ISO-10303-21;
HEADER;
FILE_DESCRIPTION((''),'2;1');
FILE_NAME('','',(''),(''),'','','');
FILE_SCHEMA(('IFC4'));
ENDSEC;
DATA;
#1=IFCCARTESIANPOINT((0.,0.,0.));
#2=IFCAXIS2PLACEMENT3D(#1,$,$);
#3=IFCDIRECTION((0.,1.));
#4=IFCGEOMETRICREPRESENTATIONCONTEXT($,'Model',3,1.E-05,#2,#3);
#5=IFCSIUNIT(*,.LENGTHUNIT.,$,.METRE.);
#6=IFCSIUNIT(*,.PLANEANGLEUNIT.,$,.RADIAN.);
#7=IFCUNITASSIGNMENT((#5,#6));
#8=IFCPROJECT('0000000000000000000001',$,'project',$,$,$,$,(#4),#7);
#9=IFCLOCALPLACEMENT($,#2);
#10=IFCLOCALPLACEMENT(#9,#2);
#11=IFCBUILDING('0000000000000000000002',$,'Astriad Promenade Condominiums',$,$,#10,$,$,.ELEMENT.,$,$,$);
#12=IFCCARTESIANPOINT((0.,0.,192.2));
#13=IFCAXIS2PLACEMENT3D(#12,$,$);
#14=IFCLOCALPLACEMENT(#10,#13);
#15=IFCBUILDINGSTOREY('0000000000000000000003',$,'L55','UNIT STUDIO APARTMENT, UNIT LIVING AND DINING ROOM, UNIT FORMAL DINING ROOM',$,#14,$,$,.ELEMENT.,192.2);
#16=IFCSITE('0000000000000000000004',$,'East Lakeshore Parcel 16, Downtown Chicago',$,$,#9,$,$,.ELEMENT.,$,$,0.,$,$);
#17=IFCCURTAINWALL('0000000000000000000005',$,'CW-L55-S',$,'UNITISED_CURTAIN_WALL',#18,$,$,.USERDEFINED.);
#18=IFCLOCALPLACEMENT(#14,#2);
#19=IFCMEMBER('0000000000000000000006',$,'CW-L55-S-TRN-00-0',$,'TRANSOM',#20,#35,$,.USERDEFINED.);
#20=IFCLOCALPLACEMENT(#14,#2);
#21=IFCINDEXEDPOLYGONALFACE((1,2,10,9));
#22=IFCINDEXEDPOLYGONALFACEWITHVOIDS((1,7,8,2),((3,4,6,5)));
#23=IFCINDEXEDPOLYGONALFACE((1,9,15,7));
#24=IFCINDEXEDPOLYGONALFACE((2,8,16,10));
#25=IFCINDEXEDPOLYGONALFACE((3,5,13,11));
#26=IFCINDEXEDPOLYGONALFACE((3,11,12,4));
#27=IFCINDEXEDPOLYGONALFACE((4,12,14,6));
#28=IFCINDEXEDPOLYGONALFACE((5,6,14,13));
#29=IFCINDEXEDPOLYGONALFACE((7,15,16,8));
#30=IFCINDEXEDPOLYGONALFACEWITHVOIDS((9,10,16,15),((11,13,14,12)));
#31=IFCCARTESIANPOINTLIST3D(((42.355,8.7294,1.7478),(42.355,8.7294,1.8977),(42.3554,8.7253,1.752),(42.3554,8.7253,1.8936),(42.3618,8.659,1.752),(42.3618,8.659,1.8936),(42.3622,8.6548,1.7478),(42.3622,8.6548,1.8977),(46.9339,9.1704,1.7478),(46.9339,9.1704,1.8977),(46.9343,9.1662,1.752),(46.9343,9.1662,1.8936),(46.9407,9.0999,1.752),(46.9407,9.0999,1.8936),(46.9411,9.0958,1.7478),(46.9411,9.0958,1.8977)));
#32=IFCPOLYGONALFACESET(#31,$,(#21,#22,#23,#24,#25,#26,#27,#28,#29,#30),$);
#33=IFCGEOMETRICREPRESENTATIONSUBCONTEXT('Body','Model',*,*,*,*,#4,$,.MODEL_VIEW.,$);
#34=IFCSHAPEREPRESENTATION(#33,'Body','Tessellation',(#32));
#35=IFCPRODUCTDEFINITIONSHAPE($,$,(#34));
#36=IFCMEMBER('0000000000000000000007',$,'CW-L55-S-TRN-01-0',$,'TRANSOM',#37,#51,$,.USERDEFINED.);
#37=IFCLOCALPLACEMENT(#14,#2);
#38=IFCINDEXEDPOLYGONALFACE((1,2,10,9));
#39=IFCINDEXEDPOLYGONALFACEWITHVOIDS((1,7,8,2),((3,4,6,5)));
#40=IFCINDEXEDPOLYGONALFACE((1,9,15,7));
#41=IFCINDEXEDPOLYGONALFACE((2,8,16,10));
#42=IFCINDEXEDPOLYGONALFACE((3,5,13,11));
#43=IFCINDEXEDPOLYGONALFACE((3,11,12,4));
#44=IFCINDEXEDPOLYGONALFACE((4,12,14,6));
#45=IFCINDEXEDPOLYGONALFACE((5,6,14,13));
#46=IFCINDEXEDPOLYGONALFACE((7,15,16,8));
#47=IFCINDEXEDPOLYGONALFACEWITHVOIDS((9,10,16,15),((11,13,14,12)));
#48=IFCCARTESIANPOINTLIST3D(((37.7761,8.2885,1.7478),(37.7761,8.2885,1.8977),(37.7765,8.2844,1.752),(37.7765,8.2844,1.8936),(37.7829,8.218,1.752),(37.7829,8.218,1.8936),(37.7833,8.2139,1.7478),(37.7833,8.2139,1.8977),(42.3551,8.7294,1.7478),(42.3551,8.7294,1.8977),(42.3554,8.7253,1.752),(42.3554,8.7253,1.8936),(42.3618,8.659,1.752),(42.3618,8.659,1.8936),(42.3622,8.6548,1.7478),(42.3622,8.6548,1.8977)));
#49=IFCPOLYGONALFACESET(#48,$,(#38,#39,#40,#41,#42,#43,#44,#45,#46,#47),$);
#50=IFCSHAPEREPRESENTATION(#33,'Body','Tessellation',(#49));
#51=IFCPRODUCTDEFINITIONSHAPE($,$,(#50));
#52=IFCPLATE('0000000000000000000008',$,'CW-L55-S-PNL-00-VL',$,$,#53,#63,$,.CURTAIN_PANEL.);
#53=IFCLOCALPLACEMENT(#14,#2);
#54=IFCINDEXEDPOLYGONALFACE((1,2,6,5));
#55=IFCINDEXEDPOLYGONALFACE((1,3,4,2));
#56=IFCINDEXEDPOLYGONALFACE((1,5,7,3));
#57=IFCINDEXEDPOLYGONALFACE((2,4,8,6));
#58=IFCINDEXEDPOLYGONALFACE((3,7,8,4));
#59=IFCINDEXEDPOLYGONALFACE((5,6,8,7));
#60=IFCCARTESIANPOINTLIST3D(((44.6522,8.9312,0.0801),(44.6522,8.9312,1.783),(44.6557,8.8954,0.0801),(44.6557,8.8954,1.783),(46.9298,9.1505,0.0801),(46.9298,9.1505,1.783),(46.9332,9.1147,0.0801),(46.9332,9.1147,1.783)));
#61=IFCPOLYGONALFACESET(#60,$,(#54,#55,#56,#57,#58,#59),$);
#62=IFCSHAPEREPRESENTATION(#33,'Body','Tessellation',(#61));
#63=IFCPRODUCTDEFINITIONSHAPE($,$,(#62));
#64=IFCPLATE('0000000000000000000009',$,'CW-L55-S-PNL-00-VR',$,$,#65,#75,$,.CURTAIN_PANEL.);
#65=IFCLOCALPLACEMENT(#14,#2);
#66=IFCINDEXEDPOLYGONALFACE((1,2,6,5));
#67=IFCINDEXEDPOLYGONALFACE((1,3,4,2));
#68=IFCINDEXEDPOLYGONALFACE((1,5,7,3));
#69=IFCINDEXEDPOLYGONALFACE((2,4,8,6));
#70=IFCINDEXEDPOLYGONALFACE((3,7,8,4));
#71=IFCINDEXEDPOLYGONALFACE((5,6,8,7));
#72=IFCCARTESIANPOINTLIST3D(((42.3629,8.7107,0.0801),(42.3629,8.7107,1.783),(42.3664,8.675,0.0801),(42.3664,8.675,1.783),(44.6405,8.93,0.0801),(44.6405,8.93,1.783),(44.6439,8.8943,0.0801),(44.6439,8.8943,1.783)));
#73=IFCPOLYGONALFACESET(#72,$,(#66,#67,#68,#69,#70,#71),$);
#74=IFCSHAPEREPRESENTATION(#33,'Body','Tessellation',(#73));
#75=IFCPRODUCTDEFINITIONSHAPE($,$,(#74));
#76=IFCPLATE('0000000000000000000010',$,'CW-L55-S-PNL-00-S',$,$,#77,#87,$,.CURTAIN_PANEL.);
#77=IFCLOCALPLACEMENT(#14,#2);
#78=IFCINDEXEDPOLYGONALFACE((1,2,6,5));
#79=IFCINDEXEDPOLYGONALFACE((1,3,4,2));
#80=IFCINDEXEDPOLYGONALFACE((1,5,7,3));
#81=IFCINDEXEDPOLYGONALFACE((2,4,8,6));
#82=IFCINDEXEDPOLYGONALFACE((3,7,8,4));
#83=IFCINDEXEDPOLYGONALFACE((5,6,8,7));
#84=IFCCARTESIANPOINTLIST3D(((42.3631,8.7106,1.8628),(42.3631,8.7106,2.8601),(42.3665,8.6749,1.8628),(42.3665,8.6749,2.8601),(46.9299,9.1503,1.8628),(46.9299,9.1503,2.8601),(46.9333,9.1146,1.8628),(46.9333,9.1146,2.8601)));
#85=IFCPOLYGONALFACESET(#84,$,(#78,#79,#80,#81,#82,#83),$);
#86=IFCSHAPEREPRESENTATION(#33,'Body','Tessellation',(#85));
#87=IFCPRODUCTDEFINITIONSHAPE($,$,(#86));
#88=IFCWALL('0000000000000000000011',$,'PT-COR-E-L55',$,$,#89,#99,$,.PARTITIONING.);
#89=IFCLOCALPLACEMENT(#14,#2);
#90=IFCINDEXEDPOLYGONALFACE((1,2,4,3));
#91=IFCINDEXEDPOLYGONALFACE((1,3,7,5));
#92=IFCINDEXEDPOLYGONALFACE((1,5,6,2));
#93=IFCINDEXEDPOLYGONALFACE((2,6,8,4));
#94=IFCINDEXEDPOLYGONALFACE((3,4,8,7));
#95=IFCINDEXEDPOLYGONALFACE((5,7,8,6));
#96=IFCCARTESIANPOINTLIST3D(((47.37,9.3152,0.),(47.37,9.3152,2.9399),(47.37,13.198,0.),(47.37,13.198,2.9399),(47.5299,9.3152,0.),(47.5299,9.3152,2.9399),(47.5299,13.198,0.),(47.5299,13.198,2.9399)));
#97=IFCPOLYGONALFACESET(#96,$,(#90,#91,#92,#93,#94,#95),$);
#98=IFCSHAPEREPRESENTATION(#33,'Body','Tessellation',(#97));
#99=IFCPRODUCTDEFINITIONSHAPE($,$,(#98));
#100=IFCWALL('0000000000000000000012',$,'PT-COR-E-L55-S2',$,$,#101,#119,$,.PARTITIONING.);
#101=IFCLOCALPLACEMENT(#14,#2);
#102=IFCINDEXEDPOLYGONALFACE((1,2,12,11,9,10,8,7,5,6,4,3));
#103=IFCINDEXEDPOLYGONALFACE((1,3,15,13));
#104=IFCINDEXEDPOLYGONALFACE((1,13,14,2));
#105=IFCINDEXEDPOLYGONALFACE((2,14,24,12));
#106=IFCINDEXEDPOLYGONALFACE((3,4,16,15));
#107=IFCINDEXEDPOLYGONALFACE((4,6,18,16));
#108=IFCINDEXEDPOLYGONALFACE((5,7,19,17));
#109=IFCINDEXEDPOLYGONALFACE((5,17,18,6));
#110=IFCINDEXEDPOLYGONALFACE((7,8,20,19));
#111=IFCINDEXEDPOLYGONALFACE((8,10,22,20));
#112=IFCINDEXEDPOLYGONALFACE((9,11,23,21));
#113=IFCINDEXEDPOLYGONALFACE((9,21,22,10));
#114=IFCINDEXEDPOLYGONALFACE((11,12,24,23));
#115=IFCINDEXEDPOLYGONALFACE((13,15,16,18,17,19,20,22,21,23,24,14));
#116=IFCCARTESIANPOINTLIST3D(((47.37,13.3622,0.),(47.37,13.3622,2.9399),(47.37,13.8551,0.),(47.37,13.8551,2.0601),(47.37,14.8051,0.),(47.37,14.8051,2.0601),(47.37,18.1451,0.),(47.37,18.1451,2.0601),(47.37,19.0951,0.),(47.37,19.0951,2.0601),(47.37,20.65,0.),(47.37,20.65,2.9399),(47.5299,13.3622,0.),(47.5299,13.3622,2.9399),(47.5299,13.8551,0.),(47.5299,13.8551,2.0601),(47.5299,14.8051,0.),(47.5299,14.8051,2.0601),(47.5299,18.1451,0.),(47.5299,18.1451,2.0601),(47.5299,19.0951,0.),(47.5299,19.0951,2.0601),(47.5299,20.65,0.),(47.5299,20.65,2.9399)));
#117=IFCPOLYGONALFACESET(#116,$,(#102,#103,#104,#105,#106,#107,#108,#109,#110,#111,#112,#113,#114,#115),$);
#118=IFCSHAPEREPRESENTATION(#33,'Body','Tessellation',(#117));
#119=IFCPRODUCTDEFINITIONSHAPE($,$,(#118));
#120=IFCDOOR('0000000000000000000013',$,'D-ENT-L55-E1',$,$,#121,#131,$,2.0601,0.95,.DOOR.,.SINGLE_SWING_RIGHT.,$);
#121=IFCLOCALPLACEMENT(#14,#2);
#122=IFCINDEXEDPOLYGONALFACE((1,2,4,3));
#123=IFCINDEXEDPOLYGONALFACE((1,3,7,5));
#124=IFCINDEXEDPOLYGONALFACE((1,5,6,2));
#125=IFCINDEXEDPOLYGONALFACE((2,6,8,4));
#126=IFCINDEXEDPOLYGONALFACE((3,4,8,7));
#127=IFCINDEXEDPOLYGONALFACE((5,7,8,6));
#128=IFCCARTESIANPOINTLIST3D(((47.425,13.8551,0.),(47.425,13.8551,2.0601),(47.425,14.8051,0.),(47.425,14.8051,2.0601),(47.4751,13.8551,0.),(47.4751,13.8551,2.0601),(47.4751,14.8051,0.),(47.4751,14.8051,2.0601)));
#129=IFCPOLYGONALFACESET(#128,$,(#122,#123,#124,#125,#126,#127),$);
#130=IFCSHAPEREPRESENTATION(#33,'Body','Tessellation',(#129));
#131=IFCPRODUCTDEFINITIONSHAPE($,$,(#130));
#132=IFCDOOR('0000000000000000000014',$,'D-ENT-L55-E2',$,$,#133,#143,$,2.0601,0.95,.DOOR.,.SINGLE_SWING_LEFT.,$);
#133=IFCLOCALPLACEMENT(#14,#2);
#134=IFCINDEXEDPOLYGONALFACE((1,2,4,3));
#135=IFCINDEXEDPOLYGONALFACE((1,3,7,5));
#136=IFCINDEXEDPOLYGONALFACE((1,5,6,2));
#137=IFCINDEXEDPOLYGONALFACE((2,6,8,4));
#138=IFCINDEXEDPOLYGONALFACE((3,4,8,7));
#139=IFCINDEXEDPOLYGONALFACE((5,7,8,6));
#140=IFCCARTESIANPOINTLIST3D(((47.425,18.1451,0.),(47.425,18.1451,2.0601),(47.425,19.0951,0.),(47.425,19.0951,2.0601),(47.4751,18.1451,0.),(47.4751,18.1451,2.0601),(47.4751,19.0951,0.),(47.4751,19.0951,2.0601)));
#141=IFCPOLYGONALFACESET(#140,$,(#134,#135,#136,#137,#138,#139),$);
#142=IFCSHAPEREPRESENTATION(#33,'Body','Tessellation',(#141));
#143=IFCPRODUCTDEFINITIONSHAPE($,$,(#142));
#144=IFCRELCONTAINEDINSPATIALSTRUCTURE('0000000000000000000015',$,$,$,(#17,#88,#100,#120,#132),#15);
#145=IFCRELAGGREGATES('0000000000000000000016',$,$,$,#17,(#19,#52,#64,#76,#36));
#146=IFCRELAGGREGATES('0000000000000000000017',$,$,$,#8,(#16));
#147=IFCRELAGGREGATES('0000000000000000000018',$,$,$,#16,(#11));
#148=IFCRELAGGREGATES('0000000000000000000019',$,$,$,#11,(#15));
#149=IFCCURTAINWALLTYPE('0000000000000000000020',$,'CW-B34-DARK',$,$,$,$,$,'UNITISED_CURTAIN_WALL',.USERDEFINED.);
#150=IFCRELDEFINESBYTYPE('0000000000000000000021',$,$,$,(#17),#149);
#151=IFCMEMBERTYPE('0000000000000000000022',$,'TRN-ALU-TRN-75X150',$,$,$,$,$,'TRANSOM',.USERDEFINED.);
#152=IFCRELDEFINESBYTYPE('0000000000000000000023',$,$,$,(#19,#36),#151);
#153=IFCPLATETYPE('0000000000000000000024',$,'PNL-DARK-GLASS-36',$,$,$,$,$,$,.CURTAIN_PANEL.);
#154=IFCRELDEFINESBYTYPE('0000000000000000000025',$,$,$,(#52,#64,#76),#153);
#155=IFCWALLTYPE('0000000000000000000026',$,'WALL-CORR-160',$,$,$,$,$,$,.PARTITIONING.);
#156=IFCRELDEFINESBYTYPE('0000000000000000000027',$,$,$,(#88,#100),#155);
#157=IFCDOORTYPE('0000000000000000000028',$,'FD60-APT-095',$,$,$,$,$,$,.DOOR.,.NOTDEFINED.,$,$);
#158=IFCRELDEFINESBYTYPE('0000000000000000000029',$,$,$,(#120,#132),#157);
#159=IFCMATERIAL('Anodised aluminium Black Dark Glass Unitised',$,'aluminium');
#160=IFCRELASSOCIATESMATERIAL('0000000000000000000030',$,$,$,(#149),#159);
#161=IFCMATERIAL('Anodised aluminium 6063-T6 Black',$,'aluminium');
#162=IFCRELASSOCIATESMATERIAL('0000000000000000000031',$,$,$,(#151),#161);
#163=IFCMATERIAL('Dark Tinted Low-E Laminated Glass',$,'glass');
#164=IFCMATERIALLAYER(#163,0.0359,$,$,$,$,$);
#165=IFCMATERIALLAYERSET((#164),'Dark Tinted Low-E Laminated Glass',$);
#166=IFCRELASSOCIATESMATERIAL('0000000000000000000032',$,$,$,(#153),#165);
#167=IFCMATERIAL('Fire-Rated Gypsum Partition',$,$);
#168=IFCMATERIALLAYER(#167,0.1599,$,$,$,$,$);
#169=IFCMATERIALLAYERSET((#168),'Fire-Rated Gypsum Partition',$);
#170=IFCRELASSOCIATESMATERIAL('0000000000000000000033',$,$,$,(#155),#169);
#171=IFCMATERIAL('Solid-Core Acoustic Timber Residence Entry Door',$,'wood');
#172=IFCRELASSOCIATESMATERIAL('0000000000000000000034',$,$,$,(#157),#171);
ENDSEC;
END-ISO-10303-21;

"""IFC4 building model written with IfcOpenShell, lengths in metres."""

from ifc_helpers import new_model, si_unit, direction, frame, frame_2d, origin, origin_2d, place, context, subcontext, project, spatial, rectangle, hollow_rectangle, extrude, source, transform, mapped, material, layer, layer_set, material_profile, profile_set, type_object, type_shapes, element, fill, aggregate, save


model = new_model("IFC4")

# Units and contexts
model_context = context("Model", 3, precision=1e-05, world=origin(), true_north=direction((0.0, 1.0)))
body_context = subcontext(model_context, "Body", "Model", "MODEL_VIEW")
ifc_project = project(units=[si_unit("LENGTHUNIT", "METRE"), si_unit("PLANEANGLEUNIT", "RADIAN")], contexts=[model_context])

# Site, building, storey
site_placement = place(None, origin())
site = spatial("IfcSite", under=ifc_project, at=site_placement, Name="East Lakeshore Parcel 16, Downtown Chicago", CompositionType="ELEMENT", RefElevation=0.0)
building_placement = place(site_placement, origin())
building = spatial("IfcBuilding", under=site, at=building_placement, Name="Astriad Promenade Condominiums", CompositionType="ELEMENT")
storey_placement = place(building_placement, frame((0.0, 0.0, 192.2)))
storey = spatial("IfcBuildingStorey", under=building, at=storey_placement, Name="L55", Description="UNIT STUDIO APARTMENT, UNIT LIVING AND DINING ROOM, UNIT FORMAL DINING ROOM", CompositionType="ELEMENT", Elevation=192.2)

# Curtain wall, members, plates
ifc_material_1 = material(Name="Anodised aluminium Black Dark Glass Unitised", Category="aluminium")
curtain_wall_type = type_object("IfcCurtainWallType", Name="CW-B34-DARK", ElementType="UNITISED_CURTAIN_WALL", PredefinedType="USERDEFINED", material=ifc_material_1)
curtain_wall_placement = place(storey_placement, origin())
curtain_wall = element("IfcCurtainWall", 1, at=curtain_wall_placement, inside=storey, type_object=curtain_wall_type, Name="CW-L55-S", ObjectType="UNITISED_CURTAIN_WALL", PredefinedType="USERDEFINED")
ifc_material_2 = material(Name="Anodised aluminium 6063-T6 Black", Category="aluminium")
ifc_material_profile_1 = material_profile(ifc_material_2, hollow_rectangle(XDim=0.075, YDim=0.1499, WallThickness=0.0042, at=origin_2d()), Name="ALU-TRN-75X150")
ifc_profile_set_1 = profile_set([ifc_material_profile_1], Name="Anodised aluminium 6063-T6 Black")
member_type_1 = type_object("IfcMemberType", Name="TRN-ALU-TRN-75X150", ElementType="TRANSOM", PredefinedType="USERDEFINED", material=ifc_profile_set_1)
shared_shape_1 = source(origin(), body_context, "Body", "SweptSolid", [
    extrude(hollow_rectangle(XDim=0.075, YDim=0.1499, WallThickness=0.0042, at=origin_2d()), origin(), (0.0, 0.0, 1.0), 4.6001),
])
type_shapes(member_type_1, [shared_shape_1])
member_1_placement = place(storey_placement, frame((46.9375, 9.1331, 1.8228), z_axis=(-0.995396, -0.095851, 0.0), x_axis=(0.095851, -0.995396, 0.0)))
member_1 = element("IfcMember", 2, at=member_1_placement, type_object=member_type_1, Name="CW-L55-S-TRN-00-0", ObjectType="TRANSOM", PredefinedType="USERDEFINED", context=body_context, shape_type="MappedRepresentation", body=[
    mapped(shared_shape_1, transform((0.0, 0.0, 0.0), scale=1.0)),
])
member_2_placement = place(storey_placement, frame((42.3586, 8.6921, 1.8228), z_axis=(-0.995396, -0.095851, 0.0), x_axis=(0.095851, -0.995396, 0.0)))
member_2 = element("IfcMember", 3, at=member_2_placement, type_object=member_type_1, Name="CW-L55-S-TRN-01-0", ObjectType="TRANSOM", PredefinedType="USERDEFINED", context=body_context, shape_type="MappedRepresentation", body=[
    mapped(shared_shape_1, transform((0.0, 0.0, 0.0), scale=1.0)),
])
ifc_material_3 = material(Name="Dark Tinted Low-E Laminated Glass", Category="glass")
ifc_layer_1 = layer(ifc_material_3, 0.0359)
ifc_layer_set_1 = layer_set([ifc_layer_1], Name="Dark Tinted Low-E Laminated Glass")
plate_type = type_object("IfcPlateType", Name="PNL-DARK-GLASS-36", PredefinedType="CURTAIN_PANEL", material=ifc_layer_set_1)
shared_shape_2 = source(origin(), body_context, "Body", "SweptSolid", [
    extrude(rectangle(XDim=2.2881, YDim=0.0359, at=origin_2d()), origin(), (0.0, 0.0, 1.0), 1.7029),
])
plate_1_placement = place(storey_placement, frame((45.7927, 9.0229, 0.0801), z_axis=(0.0, 0.0, 1.0), x_axis=(-0.995396, -0.095846, 0.0)))
plate_1 = element("IfcPlate", 4, at=plate_1_placement, type_object=plate_type, Name="CW-L55-S-PNL-00-VL", PredefinedType="CURTAIN_PANEL", context=body_context, shape_type="MappedRepresentation", body=[
    mapped(shared_shape_2, transform((0.0, 0.0, 0.0), scale=1.0)),
])
plate_2_placement = place(storey_placement, frame((43.5034, 8.8025, 0.0801), z_axis=(0.0, 0.0, 1.0), x_axis=(-0.995396, -0.095846, 0.0)))
plate_2 = element("IfcPlate", 5, at=plate_2_placement, type_object=plate_type, Name="CW-L55-S-PNL-00-VR", PredefinedType="CURTAIN_PANEL", context=body_context, shape_type="MappedRepresentation", body=[
    mapped(shared_shape_2, transform((0.0, 0.0, 0.0), scale=1.0)),
])
shared_shape_3 = source(origin(), body_context, "Body", "SweptSolid", [
    extrude(rectangle(XDim=4.5879, YDim=0.0359, at=origin_2d()), origin(), (0.0, 0.0, 1.0), 0.9973),
])
type_shapes(plate_type, [shared_shape_2, shared_shape_3])
plate_3_placement = place(storey_placement, frame((44.6482, 8.9126, 1.8628), z_axis=(0.0, 0.0, 1.0), x_axis=(-0.995396, -0.095846, 0.0)))
plate_3 = element("IfcPlate", 6, at=plate_3_placement, type_object=plate_type, Name="CW-L55-S-PNL-00-S", PredefinedType="CURTAIN_PANEL", context=body_context, shape_type="MappedRepresentation", body=[
    mapped(shared_shape_3, transform((0.0, 0.0, 0.0), scale=1.0)),
])
aggregate(curtain_wall, [member_1, plate_1, plate_2, plate_3, member_2])

# Wall
ifc_material_4 = material(Name="Fire-Rated Gypsum Partition")
ifc_layer_2 = layer(ifc_material_4, 0.1599)
ifc_layer_set_2 = layer_set([ifc_layer_2], Name="Fire-Rated Gypsum Partition")
wall_type_1 = type_object("IfcWallType", Name="WALL-CORR-160", PredefinedType="PARTITIONING", material=ifc_layer_set_2)
wall_1_placement = place(storey_placement, frame((47.45, 9.3152, 0.0), z_axis=(0.0, 0.0, 1.0), x_axis=(0.0, 1.0, 0.0)))
element("IfcWall", 7, at=wall_1_placement, inside=storey, type_object=wall_type_1, Name="PT-COR-E-L55", PredefinedType="PARTITIONING", context=body_context, shape_type="SweptSolid", body=[
    extrude(rectangle(XDim=3.8828, YDim=0.1599, at=frame_2d((1.9414, 0.0))), origin(), (0.0, 0.0, 1.0), 2.9399),
])

# Wall, openings, doors
wall_2_placement = place(storey_placement, frame((47.45, 13.3621, 0.0), z_axis=(0.0, 0.0, 1.0), x_axis=(0.0, 1.0, 0.0)))
wall_2 = element("IfcWall", 8, at=wall_2_placement, inside=storey, type_object=wall_type_1, Name="PT-COR-E-L55-S2", PredefinedType="PARTITIONING", context=body_context, shape_type="SweptSolid", body=[
    extrude(rectangle(XDim=7.2878, YDim=0.1599, at=frame_2d((3.644, 0.0))), origin(), (0.0, 0.0, 1.0), 2.9399),
])
opening_1_placement = place(wall_2_placement, frame((0.4929, 0.0, 0.0)))
opening_1 = element("IfcOpeningElement", 9, at=opening_1_placement, cuts=wall_2, PredefinedType="OPENING", context=body_context, shape_type="SweptSolid", body=[
    extrude(rectangle(XDim=0.95, YDim=2.0601, at=frame_2d((0.4751, 1.03))), frame((0.0, 0.0898, 0.0), z_axis=(0.0, -1.0, 0.0), x_axis=(1.0, 0.0, 0.0)), (0.0, 0.0, 1.0), 0.1799),
])
opening_2_placement = place(wall_2_placement, frame((4.783, 0.0, 0.0)))
opening_2 = element("IfcOpeningElement", 10, at=opening_2_placement, cuts=wall_2, PredefinedType="OPENING", context=body_context, shape_type="SweptSolid", body=[
    extrude(rectangle(XDim=0.95, YDim=2.0601, at=frame_2d((0.4751, 1.03))), frame((0.0, 0.0898, 0.0), z_axis=(0.0, -1.0, 0.0), x_axis=(1.0, 0.0, 0.0)), (0.0, 0.0, 1.0), 0.1799),
])
ifc_material_5 = material(Name="Solid-Core Acoustic Timber Residence Entry Door", Category="wood")
door_type_1 = type_object("IfcDoorType", Name="FD60-APT-095", OperationType="NOTDEFINED", PredefinedType="DOOR", material=ifc_material_5)
shared_shape_4 = source(origin(), body_context, "Body", "SweptSolid", [
    extrude(rectangle(XDim=0.95, YDim=2.0601, at=frame_2d((0.4751, 1.03))), frame((0.0, 0.0249, 0.0), z_axis=(0.0, -1.0, 0.0), x_axis=(1.0, 0.0, 0.0)), (0.0, 0.0, 1.0), 0.05),
])
type_shapes(door_type_1, [shared_shape_4])
door_1_placement = place(opening_1_placement, origin())
door_1 = element("IfcDoor", 11, at=door_1_placement, inside=storey, type_object=door_type_1, Name="D-ENT-L55-E1", OperationType="SINGLE_SWING_RIGHT", OverallHeight=2.0601, OverallWidth=0.95, PredefinedType="DOOR", context=body_context, shape_type="MappedRepresentation", body=[
    mapped(shared_shape_4, transform((0.0, 0.0, 0.0), scale=1.0)),
])
fill(opening_1, door_1)
door_2_placement = place(opening_2_placement, origin())
door_2 = element("IfcDoor", 12, at=door_2_placement, inside=storey, type_object=door_type_1, Name="D-ENT-L55-E2", OperationType="SINGLE_SWING_LEFT", OverallHeight=2.0601, OverallWidth=0.95, PredefinedType="DOOR", context=body_context, shape_type="MappedRepresentation", body=[
    mapped(shared_shape_4, transform((0.0, 0.0, 0.0), scale=1.0)),
])
fill(opening_2, door_2)

save(model, "model.ifc")
